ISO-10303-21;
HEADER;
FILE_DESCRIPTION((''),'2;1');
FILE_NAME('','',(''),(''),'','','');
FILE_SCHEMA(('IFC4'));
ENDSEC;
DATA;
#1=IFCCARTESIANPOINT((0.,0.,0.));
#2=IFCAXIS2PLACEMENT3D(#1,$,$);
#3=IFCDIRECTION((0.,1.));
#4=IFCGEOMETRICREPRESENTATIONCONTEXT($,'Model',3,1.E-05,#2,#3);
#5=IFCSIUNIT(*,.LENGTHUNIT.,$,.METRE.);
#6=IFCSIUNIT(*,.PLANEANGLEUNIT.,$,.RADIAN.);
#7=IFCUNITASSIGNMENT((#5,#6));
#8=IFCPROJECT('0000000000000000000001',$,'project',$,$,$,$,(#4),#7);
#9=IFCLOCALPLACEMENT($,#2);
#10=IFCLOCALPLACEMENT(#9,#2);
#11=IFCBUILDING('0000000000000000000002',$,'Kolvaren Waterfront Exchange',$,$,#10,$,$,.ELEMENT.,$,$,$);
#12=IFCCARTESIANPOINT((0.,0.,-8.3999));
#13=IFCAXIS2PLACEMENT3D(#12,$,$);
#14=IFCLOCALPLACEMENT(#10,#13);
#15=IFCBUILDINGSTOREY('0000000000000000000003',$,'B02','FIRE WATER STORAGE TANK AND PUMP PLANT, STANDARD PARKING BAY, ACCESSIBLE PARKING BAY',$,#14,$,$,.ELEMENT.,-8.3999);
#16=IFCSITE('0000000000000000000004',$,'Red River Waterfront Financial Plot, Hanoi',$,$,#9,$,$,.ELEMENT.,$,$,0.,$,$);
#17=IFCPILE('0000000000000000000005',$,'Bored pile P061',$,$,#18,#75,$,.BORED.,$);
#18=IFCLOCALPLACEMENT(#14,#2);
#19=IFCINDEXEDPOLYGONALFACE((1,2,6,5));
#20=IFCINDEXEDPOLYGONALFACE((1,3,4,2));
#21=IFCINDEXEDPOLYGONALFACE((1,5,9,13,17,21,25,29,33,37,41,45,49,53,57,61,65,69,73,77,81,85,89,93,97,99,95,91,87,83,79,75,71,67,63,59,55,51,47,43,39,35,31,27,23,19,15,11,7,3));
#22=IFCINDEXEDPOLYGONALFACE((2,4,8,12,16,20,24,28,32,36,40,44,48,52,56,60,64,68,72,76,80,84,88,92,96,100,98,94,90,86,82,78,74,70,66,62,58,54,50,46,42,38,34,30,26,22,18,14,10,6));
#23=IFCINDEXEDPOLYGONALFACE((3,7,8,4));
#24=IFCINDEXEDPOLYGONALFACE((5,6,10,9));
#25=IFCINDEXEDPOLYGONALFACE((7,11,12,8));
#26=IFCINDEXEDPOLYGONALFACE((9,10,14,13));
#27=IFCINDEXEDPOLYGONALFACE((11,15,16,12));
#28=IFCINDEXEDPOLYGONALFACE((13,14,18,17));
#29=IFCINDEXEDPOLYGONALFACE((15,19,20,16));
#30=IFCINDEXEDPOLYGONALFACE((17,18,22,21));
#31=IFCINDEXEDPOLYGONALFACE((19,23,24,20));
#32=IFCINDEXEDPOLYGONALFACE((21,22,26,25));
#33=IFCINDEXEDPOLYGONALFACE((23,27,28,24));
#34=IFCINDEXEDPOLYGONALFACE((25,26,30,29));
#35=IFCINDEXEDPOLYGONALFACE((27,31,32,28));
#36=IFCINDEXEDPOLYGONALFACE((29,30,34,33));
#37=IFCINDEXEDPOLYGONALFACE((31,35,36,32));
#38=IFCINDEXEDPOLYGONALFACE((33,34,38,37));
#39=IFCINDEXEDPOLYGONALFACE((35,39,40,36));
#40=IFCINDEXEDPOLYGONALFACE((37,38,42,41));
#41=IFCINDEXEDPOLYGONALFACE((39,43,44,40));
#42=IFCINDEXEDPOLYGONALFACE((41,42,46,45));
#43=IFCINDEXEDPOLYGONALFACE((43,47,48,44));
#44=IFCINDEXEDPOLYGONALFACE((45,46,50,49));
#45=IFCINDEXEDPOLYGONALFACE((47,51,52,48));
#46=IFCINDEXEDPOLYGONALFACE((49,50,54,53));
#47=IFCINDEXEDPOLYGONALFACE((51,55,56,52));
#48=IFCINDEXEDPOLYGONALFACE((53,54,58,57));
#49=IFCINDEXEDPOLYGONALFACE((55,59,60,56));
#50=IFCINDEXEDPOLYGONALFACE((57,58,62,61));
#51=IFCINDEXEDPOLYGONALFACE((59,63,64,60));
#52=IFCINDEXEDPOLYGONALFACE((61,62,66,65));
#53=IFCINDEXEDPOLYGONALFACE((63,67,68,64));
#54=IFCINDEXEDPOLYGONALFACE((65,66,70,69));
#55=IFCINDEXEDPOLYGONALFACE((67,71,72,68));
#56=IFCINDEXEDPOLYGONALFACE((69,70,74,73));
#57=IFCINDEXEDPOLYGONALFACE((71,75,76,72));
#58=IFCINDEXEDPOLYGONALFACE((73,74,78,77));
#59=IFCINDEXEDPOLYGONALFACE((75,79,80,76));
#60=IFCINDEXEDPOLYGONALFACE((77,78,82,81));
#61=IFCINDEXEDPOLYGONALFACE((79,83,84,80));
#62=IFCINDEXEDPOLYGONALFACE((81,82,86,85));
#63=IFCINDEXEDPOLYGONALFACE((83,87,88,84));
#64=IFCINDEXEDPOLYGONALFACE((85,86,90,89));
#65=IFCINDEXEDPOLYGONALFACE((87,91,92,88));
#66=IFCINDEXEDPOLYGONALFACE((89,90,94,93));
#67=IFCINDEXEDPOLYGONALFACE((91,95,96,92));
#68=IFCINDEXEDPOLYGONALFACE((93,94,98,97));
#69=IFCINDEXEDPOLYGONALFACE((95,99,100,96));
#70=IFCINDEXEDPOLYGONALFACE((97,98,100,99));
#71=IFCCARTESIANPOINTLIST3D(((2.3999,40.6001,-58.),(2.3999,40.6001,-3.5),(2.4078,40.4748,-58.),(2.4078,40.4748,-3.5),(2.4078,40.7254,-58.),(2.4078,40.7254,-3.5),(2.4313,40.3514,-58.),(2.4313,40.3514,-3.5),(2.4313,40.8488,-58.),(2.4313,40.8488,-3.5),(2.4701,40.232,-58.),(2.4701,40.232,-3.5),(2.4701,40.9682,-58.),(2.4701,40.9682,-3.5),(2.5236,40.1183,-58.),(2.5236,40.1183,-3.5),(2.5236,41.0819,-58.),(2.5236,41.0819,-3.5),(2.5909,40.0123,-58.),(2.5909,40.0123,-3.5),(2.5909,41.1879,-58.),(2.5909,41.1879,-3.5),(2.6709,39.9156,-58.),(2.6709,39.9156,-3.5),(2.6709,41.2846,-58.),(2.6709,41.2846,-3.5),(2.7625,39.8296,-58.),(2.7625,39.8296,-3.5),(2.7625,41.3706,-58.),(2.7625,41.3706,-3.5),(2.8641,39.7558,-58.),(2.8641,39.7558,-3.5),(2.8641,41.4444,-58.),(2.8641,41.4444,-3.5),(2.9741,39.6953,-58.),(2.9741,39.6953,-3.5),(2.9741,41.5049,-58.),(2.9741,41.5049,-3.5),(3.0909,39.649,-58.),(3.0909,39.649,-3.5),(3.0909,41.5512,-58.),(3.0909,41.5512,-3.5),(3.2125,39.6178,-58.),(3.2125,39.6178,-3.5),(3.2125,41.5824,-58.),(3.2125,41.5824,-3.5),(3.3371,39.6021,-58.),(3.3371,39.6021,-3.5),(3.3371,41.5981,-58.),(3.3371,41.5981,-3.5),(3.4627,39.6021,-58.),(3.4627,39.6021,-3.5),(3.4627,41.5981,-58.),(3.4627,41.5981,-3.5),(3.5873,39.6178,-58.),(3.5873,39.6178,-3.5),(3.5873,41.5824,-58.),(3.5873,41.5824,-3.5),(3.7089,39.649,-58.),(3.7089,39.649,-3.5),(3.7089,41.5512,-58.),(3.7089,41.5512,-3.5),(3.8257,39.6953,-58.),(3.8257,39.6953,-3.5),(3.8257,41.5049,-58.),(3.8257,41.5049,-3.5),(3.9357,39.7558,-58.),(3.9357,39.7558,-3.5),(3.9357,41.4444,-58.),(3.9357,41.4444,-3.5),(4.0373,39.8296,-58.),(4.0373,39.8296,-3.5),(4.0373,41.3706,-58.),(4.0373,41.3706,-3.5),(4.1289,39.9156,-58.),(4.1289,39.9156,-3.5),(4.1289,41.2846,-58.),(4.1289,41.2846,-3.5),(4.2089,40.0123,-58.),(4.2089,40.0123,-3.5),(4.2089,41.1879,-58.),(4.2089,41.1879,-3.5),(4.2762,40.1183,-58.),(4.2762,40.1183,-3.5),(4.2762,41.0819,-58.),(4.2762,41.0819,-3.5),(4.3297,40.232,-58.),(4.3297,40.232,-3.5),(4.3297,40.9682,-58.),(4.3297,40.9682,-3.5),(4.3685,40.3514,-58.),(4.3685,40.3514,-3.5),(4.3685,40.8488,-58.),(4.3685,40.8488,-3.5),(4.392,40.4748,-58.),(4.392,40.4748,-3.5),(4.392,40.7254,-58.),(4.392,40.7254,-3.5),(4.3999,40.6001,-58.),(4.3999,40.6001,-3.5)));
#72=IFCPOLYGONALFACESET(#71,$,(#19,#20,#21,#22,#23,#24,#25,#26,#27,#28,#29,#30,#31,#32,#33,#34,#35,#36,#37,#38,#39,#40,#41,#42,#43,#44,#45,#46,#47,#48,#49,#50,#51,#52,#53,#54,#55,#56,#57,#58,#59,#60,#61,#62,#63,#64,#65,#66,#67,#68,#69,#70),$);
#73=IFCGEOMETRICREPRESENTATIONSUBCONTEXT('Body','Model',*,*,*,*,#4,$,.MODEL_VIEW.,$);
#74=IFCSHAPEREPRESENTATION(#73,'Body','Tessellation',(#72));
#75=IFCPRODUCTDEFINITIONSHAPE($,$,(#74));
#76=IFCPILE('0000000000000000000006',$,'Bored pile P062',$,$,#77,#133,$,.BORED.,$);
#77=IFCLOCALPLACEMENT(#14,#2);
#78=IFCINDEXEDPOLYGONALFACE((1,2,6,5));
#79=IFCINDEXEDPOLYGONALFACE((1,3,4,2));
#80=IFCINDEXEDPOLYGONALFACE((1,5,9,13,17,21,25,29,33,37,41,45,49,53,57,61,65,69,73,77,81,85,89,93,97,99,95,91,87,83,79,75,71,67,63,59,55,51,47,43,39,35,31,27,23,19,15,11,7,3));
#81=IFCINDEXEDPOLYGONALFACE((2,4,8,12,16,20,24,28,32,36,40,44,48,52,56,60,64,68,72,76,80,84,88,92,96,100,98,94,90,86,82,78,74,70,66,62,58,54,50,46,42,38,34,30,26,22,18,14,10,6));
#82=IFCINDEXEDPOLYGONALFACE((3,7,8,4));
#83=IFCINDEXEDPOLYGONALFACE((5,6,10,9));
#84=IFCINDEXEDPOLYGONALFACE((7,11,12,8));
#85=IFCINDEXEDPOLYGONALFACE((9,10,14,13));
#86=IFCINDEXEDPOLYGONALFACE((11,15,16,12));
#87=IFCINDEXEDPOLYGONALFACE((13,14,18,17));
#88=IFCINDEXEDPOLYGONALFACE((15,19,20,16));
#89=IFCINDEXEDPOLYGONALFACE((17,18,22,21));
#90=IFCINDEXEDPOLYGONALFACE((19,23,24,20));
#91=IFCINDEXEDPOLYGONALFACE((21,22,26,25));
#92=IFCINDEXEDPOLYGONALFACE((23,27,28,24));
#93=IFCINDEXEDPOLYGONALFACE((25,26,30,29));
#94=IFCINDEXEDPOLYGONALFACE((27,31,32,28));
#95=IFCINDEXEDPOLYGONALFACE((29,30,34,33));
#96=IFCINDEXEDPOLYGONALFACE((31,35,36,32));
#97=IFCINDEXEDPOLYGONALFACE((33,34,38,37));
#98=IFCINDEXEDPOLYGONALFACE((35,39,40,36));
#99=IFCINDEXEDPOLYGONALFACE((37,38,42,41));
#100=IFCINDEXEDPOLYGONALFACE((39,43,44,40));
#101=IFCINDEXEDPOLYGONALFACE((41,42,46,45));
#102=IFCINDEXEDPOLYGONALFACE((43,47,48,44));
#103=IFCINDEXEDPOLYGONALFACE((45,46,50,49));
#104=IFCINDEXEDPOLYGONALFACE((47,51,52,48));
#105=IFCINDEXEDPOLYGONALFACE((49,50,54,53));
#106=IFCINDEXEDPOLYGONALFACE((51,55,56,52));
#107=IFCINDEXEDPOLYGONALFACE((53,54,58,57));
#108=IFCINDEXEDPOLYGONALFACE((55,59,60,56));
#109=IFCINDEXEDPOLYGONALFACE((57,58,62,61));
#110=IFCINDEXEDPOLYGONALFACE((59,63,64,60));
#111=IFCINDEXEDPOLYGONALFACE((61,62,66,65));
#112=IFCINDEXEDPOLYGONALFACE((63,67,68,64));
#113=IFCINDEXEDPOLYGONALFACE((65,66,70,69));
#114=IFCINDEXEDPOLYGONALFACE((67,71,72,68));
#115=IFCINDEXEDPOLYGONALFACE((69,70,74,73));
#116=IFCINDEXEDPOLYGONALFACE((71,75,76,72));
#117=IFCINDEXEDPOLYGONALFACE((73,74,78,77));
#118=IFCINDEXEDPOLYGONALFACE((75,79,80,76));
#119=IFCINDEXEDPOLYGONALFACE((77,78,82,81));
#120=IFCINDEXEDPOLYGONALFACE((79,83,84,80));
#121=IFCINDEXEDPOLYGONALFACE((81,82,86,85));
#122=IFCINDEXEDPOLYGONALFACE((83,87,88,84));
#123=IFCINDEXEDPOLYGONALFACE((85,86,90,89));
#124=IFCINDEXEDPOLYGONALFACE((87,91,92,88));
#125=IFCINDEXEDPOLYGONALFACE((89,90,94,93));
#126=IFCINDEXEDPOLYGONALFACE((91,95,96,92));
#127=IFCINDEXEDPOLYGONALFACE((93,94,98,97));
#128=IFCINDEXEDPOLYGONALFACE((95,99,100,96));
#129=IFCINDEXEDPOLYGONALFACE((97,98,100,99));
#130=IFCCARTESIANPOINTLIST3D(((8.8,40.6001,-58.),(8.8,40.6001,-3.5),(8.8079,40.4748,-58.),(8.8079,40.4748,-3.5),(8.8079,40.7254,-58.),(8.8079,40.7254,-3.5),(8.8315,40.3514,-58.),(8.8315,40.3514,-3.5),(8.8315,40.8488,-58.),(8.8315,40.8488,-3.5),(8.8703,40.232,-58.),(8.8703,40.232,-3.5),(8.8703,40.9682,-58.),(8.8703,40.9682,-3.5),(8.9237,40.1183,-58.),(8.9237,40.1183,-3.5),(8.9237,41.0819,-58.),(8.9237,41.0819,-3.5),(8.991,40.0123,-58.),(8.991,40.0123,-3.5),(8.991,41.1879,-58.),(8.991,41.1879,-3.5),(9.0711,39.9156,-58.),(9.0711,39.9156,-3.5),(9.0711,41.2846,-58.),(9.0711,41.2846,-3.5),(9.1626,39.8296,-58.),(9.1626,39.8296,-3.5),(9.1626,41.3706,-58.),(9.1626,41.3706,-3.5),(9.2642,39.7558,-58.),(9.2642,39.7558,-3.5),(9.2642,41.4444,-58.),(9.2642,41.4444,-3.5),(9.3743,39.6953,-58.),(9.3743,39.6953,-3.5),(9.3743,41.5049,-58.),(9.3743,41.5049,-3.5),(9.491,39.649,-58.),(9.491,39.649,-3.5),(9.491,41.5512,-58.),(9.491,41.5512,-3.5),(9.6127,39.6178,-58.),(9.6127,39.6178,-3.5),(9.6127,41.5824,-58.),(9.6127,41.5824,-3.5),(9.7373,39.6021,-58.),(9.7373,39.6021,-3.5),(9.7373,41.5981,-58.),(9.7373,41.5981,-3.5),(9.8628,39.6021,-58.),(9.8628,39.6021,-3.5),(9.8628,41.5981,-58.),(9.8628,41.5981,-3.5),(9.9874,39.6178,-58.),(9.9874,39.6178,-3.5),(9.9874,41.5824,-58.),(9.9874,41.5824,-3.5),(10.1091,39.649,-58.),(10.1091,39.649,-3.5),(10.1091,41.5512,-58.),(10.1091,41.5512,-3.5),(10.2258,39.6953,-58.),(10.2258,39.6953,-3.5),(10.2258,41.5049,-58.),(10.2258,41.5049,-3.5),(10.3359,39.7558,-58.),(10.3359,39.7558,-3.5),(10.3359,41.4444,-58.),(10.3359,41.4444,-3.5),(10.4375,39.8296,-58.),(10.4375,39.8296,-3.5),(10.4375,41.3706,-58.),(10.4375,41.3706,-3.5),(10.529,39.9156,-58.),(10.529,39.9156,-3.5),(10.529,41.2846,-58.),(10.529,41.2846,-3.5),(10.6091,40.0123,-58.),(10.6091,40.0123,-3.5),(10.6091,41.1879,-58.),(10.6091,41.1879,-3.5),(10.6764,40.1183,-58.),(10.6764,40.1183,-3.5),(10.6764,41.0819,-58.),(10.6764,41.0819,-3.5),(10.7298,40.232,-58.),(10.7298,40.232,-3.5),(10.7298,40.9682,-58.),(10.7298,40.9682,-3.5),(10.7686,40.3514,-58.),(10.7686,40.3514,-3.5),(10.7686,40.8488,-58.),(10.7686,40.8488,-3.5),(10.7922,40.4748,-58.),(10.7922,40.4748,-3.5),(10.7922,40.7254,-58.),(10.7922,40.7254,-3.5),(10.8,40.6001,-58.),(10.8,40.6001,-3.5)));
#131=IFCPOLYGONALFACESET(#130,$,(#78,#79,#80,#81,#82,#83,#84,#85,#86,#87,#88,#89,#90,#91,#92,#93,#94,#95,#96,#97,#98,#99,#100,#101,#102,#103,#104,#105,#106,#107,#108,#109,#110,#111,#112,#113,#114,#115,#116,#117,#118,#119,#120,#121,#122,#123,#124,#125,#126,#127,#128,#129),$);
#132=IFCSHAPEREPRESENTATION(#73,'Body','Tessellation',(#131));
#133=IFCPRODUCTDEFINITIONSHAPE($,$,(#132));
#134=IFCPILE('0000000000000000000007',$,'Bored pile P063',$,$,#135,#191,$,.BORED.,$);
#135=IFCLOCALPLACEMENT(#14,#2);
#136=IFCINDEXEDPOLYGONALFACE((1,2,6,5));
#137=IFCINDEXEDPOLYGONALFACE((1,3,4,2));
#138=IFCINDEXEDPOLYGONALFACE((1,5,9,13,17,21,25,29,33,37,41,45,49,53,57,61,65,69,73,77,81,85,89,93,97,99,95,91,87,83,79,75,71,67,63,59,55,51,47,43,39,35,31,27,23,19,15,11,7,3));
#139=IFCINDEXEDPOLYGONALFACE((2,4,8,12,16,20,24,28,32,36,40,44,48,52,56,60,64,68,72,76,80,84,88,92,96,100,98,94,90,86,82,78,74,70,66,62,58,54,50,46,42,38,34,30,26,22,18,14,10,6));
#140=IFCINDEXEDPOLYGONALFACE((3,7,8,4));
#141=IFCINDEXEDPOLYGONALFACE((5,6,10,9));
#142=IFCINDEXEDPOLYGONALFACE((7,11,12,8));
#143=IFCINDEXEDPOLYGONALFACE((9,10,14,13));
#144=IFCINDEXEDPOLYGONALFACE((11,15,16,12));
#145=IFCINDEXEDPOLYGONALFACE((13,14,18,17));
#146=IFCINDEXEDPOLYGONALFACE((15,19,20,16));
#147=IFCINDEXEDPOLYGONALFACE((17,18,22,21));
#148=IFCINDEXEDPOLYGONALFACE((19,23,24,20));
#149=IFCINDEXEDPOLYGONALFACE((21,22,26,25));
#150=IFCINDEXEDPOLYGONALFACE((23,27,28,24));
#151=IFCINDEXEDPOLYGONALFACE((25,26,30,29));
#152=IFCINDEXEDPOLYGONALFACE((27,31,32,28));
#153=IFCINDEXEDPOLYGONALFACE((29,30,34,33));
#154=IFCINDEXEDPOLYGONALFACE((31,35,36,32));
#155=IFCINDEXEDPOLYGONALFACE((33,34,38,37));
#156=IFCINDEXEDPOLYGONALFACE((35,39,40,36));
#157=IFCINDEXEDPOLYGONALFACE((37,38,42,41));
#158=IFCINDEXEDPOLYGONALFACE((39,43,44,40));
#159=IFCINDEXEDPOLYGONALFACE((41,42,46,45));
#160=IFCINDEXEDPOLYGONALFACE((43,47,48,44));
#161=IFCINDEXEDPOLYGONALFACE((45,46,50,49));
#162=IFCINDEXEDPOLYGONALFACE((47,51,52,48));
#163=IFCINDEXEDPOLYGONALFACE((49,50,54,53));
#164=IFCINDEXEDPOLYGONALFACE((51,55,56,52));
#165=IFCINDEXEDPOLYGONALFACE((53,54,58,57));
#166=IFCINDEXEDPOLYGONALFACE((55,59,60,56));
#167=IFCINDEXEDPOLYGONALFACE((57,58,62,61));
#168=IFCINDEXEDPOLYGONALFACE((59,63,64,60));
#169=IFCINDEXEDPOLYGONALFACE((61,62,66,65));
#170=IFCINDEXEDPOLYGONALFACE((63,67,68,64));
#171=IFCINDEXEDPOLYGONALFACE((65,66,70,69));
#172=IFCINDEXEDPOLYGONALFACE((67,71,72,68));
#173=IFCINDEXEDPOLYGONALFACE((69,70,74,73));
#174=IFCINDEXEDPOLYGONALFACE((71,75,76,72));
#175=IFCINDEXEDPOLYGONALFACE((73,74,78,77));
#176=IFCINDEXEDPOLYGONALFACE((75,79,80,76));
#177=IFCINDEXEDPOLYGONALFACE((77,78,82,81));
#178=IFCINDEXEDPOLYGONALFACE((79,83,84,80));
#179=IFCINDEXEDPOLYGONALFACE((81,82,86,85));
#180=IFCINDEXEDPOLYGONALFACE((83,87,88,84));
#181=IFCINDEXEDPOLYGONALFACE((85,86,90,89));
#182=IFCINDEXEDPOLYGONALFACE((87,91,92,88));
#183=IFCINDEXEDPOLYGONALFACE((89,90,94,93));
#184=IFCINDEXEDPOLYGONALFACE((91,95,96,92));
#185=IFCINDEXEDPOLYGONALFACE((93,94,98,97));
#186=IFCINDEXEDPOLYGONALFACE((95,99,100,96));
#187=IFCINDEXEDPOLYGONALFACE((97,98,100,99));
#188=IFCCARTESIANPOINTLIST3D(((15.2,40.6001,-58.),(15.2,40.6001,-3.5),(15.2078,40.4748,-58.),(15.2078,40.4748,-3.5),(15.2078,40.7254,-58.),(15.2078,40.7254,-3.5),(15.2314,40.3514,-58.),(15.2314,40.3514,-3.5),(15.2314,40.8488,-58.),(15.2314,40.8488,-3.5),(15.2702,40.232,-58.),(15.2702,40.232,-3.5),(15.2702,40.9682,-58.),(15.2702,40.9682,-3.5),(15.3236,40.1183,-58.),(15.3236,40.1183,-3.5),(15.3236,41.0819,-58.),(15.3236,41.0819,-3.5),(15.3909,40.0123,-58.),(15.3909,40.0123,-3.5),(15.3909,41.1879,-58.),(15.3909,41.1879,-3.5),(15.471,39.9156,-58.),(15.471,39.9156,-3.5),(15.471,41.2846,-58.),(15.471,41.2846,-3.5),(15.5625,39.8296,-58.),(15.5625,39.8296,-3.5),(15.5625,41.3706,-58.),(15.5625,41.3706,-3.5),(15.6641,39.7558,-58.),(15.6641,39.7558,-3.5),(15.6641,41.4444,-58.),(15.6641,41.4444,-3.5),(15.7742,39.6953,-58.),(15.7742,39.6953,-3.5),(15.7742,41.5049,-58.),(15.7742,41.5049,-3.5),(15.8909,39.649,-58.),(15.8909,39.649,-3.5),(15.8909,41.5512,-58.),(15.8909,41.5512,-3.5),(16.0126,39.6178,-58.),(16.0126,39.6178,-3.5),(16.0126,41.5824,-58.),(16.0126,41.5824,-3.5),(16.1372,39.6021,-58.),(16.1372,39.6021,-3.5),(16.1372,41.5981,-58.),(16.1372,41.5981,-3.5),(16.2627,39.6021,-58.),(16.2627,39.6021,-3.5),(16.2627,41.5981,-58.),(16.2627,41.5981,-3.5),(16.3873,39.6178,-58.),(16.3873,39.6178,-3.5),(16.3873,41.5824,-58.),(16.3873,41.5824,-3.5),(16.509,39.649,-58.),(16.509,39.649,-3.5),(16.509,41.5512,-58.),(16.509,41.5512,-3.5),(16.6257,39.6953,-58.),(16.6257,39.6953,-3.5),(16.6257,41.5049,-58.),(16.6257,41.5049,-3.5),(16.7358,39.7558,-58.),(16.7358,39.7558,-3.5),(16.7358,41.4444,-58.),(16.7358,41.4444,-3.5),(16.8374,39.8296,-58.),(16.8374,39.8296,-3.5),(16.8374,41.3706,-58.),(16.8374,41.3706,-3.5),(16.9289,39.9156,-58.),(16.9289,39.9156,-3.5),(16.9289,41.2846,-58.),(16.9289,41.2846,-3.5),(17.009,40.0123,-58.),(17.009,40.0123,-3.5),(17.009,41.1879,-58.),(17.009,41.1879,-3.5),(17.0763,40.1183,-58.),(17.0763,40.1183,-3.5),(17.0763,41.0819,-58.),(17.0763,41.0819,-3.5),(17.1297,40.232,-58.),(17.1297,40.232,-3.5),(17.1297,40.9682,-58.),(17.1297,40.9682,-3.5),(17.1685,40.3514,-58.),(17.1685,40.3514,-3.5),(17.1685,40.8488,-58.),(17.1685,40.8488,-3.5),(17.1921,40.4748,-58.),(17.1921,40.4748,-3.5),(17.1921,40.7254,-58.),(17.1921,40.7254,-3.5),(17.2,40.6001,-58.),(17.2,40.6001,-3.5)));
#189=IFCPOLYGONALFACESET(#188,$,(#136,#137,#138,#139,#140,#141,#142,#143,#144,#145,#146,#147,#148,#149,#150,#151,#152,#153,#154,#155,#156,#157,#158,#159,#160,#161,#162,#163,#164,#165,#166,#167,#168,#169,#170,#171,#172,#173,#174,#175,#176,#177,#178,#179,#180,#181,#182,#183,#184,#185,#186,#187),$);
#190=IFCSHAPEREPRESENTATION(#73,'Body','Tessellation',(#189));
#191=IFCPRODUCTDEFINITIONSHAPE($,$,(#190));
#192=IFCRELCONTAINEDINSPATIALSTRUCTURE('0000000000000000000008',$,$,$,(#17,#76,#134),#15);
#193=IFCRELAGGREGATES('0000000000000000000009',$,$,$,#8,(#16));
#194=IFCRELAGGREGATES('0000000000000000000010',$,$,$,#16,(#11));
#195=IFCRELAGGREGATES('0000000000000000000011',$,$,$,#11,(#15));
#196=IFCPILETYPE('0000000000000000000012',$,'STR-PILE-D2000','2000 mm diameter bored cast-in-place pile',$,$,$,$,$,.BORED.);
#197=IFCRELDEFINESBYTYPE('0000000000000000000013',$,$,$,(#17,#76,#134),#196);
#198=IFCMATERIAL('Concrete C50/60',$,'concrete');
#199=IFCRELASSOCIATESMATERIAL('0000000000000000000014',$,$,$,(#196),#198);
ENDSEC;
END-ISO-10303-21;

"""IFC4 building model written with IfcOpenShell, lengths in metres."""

from ifc_helpers import new_model, si_unit, direction, frame, origin, origin_2d, place, context, subcontext, project, spatial, circle, extrude, material, material_profile, profile_set, type_object, element, save


model = new_model("IFC4")

# Units and contexts
model_context = context("Model", 3, precision=1e-05, world=origin(), true_north=direction((0.0, 1.0)))
body_context = subcontext(model_context, "Body", "Model", "MODEL_VIEW")
ifc_project = project(units=[si_unit("LENGTHUNIT", "METRE"), si_unit("PLANEANGLEUNIT", "RADIAN")], contexts=[model_context])

# Site, building, storey
site_placement = place(None, origin())
site = spatial("IfcSite", under=ifc_project, at=site_placement, Name="Red River Waterfront Financial Plot, Hanoi", CompositionType="ELEMENT", RefElevation=0.0)
building_placement = place(site_placement, origin())
building = spatial("IfcBuilding", under=site, at=building_placement, Name="Kolvaren Waterfront Exchange", CompositionType="ELEMENT")
storey_placement = place(building_placement, frame((0.0, 0.0, -8.3999)))
storey = spatial("IfcBuildingStorey", under=building, at=storey_placement, Name="B02", Description="FIRE WATER STORAGE TANK AND PUMP PLANT, STANDARD PARKING BAY, ACCESSIBLE PARKING BAY", CompositionType="ELEMENT", Elevation=-8.3999)

# Piles
ifc_material_1 = material(Name="Concrete C50/60", Category="concrete")
ifc_material_profile_1 = material_profile(ifc_material_1, circle(Radius=1.0, at=origin_2d()), Name="RC-PILE-D2000")
ifc_profile_set_1 = profile_set([ifc_material_profile_1], Name="Concrete C50/60")
pile_type = type_object("IfcPileType", Name="STR-PILE-D2000", Description="2000 mm diameter bored cast-in-place pile", PredefinedType="BORED", material=ifc_profile_set_1)
for number, where, z_axis, x_axis, name in (
    (1, (3.3999, 40.6001, -3.5), (0.0, 0.0, -1.0), (1.0, 0.0, 0.0), "Bored pile P061"),
    (2, (9.8, 40.6001, -3.5), (0.0, 0.0, -1.0), (1.0, 0.0, 0.0), "Bored pile P062"),
    (3, (16.2, 40.6001, -3.5), (0.0, 0.0, -1.0), (1.0, 0.0, 0.0), "Bored pile P063"),
):
    element("IfcPile", number, at=place(storey_placement, frame(where, z_axis=z_axis, x_axis=x_axis)), inside=storey, type_object=pile_type, Name=name, PredefinedType="BORED", context=body_context, shape_type="SweptSolid", body=[
        extrude(circle(Radius=1.0, at=origin_2d()), origin(), (0.0, 0.0, 1.0), 54.5),
    ])

save(model, "model.ifc")
